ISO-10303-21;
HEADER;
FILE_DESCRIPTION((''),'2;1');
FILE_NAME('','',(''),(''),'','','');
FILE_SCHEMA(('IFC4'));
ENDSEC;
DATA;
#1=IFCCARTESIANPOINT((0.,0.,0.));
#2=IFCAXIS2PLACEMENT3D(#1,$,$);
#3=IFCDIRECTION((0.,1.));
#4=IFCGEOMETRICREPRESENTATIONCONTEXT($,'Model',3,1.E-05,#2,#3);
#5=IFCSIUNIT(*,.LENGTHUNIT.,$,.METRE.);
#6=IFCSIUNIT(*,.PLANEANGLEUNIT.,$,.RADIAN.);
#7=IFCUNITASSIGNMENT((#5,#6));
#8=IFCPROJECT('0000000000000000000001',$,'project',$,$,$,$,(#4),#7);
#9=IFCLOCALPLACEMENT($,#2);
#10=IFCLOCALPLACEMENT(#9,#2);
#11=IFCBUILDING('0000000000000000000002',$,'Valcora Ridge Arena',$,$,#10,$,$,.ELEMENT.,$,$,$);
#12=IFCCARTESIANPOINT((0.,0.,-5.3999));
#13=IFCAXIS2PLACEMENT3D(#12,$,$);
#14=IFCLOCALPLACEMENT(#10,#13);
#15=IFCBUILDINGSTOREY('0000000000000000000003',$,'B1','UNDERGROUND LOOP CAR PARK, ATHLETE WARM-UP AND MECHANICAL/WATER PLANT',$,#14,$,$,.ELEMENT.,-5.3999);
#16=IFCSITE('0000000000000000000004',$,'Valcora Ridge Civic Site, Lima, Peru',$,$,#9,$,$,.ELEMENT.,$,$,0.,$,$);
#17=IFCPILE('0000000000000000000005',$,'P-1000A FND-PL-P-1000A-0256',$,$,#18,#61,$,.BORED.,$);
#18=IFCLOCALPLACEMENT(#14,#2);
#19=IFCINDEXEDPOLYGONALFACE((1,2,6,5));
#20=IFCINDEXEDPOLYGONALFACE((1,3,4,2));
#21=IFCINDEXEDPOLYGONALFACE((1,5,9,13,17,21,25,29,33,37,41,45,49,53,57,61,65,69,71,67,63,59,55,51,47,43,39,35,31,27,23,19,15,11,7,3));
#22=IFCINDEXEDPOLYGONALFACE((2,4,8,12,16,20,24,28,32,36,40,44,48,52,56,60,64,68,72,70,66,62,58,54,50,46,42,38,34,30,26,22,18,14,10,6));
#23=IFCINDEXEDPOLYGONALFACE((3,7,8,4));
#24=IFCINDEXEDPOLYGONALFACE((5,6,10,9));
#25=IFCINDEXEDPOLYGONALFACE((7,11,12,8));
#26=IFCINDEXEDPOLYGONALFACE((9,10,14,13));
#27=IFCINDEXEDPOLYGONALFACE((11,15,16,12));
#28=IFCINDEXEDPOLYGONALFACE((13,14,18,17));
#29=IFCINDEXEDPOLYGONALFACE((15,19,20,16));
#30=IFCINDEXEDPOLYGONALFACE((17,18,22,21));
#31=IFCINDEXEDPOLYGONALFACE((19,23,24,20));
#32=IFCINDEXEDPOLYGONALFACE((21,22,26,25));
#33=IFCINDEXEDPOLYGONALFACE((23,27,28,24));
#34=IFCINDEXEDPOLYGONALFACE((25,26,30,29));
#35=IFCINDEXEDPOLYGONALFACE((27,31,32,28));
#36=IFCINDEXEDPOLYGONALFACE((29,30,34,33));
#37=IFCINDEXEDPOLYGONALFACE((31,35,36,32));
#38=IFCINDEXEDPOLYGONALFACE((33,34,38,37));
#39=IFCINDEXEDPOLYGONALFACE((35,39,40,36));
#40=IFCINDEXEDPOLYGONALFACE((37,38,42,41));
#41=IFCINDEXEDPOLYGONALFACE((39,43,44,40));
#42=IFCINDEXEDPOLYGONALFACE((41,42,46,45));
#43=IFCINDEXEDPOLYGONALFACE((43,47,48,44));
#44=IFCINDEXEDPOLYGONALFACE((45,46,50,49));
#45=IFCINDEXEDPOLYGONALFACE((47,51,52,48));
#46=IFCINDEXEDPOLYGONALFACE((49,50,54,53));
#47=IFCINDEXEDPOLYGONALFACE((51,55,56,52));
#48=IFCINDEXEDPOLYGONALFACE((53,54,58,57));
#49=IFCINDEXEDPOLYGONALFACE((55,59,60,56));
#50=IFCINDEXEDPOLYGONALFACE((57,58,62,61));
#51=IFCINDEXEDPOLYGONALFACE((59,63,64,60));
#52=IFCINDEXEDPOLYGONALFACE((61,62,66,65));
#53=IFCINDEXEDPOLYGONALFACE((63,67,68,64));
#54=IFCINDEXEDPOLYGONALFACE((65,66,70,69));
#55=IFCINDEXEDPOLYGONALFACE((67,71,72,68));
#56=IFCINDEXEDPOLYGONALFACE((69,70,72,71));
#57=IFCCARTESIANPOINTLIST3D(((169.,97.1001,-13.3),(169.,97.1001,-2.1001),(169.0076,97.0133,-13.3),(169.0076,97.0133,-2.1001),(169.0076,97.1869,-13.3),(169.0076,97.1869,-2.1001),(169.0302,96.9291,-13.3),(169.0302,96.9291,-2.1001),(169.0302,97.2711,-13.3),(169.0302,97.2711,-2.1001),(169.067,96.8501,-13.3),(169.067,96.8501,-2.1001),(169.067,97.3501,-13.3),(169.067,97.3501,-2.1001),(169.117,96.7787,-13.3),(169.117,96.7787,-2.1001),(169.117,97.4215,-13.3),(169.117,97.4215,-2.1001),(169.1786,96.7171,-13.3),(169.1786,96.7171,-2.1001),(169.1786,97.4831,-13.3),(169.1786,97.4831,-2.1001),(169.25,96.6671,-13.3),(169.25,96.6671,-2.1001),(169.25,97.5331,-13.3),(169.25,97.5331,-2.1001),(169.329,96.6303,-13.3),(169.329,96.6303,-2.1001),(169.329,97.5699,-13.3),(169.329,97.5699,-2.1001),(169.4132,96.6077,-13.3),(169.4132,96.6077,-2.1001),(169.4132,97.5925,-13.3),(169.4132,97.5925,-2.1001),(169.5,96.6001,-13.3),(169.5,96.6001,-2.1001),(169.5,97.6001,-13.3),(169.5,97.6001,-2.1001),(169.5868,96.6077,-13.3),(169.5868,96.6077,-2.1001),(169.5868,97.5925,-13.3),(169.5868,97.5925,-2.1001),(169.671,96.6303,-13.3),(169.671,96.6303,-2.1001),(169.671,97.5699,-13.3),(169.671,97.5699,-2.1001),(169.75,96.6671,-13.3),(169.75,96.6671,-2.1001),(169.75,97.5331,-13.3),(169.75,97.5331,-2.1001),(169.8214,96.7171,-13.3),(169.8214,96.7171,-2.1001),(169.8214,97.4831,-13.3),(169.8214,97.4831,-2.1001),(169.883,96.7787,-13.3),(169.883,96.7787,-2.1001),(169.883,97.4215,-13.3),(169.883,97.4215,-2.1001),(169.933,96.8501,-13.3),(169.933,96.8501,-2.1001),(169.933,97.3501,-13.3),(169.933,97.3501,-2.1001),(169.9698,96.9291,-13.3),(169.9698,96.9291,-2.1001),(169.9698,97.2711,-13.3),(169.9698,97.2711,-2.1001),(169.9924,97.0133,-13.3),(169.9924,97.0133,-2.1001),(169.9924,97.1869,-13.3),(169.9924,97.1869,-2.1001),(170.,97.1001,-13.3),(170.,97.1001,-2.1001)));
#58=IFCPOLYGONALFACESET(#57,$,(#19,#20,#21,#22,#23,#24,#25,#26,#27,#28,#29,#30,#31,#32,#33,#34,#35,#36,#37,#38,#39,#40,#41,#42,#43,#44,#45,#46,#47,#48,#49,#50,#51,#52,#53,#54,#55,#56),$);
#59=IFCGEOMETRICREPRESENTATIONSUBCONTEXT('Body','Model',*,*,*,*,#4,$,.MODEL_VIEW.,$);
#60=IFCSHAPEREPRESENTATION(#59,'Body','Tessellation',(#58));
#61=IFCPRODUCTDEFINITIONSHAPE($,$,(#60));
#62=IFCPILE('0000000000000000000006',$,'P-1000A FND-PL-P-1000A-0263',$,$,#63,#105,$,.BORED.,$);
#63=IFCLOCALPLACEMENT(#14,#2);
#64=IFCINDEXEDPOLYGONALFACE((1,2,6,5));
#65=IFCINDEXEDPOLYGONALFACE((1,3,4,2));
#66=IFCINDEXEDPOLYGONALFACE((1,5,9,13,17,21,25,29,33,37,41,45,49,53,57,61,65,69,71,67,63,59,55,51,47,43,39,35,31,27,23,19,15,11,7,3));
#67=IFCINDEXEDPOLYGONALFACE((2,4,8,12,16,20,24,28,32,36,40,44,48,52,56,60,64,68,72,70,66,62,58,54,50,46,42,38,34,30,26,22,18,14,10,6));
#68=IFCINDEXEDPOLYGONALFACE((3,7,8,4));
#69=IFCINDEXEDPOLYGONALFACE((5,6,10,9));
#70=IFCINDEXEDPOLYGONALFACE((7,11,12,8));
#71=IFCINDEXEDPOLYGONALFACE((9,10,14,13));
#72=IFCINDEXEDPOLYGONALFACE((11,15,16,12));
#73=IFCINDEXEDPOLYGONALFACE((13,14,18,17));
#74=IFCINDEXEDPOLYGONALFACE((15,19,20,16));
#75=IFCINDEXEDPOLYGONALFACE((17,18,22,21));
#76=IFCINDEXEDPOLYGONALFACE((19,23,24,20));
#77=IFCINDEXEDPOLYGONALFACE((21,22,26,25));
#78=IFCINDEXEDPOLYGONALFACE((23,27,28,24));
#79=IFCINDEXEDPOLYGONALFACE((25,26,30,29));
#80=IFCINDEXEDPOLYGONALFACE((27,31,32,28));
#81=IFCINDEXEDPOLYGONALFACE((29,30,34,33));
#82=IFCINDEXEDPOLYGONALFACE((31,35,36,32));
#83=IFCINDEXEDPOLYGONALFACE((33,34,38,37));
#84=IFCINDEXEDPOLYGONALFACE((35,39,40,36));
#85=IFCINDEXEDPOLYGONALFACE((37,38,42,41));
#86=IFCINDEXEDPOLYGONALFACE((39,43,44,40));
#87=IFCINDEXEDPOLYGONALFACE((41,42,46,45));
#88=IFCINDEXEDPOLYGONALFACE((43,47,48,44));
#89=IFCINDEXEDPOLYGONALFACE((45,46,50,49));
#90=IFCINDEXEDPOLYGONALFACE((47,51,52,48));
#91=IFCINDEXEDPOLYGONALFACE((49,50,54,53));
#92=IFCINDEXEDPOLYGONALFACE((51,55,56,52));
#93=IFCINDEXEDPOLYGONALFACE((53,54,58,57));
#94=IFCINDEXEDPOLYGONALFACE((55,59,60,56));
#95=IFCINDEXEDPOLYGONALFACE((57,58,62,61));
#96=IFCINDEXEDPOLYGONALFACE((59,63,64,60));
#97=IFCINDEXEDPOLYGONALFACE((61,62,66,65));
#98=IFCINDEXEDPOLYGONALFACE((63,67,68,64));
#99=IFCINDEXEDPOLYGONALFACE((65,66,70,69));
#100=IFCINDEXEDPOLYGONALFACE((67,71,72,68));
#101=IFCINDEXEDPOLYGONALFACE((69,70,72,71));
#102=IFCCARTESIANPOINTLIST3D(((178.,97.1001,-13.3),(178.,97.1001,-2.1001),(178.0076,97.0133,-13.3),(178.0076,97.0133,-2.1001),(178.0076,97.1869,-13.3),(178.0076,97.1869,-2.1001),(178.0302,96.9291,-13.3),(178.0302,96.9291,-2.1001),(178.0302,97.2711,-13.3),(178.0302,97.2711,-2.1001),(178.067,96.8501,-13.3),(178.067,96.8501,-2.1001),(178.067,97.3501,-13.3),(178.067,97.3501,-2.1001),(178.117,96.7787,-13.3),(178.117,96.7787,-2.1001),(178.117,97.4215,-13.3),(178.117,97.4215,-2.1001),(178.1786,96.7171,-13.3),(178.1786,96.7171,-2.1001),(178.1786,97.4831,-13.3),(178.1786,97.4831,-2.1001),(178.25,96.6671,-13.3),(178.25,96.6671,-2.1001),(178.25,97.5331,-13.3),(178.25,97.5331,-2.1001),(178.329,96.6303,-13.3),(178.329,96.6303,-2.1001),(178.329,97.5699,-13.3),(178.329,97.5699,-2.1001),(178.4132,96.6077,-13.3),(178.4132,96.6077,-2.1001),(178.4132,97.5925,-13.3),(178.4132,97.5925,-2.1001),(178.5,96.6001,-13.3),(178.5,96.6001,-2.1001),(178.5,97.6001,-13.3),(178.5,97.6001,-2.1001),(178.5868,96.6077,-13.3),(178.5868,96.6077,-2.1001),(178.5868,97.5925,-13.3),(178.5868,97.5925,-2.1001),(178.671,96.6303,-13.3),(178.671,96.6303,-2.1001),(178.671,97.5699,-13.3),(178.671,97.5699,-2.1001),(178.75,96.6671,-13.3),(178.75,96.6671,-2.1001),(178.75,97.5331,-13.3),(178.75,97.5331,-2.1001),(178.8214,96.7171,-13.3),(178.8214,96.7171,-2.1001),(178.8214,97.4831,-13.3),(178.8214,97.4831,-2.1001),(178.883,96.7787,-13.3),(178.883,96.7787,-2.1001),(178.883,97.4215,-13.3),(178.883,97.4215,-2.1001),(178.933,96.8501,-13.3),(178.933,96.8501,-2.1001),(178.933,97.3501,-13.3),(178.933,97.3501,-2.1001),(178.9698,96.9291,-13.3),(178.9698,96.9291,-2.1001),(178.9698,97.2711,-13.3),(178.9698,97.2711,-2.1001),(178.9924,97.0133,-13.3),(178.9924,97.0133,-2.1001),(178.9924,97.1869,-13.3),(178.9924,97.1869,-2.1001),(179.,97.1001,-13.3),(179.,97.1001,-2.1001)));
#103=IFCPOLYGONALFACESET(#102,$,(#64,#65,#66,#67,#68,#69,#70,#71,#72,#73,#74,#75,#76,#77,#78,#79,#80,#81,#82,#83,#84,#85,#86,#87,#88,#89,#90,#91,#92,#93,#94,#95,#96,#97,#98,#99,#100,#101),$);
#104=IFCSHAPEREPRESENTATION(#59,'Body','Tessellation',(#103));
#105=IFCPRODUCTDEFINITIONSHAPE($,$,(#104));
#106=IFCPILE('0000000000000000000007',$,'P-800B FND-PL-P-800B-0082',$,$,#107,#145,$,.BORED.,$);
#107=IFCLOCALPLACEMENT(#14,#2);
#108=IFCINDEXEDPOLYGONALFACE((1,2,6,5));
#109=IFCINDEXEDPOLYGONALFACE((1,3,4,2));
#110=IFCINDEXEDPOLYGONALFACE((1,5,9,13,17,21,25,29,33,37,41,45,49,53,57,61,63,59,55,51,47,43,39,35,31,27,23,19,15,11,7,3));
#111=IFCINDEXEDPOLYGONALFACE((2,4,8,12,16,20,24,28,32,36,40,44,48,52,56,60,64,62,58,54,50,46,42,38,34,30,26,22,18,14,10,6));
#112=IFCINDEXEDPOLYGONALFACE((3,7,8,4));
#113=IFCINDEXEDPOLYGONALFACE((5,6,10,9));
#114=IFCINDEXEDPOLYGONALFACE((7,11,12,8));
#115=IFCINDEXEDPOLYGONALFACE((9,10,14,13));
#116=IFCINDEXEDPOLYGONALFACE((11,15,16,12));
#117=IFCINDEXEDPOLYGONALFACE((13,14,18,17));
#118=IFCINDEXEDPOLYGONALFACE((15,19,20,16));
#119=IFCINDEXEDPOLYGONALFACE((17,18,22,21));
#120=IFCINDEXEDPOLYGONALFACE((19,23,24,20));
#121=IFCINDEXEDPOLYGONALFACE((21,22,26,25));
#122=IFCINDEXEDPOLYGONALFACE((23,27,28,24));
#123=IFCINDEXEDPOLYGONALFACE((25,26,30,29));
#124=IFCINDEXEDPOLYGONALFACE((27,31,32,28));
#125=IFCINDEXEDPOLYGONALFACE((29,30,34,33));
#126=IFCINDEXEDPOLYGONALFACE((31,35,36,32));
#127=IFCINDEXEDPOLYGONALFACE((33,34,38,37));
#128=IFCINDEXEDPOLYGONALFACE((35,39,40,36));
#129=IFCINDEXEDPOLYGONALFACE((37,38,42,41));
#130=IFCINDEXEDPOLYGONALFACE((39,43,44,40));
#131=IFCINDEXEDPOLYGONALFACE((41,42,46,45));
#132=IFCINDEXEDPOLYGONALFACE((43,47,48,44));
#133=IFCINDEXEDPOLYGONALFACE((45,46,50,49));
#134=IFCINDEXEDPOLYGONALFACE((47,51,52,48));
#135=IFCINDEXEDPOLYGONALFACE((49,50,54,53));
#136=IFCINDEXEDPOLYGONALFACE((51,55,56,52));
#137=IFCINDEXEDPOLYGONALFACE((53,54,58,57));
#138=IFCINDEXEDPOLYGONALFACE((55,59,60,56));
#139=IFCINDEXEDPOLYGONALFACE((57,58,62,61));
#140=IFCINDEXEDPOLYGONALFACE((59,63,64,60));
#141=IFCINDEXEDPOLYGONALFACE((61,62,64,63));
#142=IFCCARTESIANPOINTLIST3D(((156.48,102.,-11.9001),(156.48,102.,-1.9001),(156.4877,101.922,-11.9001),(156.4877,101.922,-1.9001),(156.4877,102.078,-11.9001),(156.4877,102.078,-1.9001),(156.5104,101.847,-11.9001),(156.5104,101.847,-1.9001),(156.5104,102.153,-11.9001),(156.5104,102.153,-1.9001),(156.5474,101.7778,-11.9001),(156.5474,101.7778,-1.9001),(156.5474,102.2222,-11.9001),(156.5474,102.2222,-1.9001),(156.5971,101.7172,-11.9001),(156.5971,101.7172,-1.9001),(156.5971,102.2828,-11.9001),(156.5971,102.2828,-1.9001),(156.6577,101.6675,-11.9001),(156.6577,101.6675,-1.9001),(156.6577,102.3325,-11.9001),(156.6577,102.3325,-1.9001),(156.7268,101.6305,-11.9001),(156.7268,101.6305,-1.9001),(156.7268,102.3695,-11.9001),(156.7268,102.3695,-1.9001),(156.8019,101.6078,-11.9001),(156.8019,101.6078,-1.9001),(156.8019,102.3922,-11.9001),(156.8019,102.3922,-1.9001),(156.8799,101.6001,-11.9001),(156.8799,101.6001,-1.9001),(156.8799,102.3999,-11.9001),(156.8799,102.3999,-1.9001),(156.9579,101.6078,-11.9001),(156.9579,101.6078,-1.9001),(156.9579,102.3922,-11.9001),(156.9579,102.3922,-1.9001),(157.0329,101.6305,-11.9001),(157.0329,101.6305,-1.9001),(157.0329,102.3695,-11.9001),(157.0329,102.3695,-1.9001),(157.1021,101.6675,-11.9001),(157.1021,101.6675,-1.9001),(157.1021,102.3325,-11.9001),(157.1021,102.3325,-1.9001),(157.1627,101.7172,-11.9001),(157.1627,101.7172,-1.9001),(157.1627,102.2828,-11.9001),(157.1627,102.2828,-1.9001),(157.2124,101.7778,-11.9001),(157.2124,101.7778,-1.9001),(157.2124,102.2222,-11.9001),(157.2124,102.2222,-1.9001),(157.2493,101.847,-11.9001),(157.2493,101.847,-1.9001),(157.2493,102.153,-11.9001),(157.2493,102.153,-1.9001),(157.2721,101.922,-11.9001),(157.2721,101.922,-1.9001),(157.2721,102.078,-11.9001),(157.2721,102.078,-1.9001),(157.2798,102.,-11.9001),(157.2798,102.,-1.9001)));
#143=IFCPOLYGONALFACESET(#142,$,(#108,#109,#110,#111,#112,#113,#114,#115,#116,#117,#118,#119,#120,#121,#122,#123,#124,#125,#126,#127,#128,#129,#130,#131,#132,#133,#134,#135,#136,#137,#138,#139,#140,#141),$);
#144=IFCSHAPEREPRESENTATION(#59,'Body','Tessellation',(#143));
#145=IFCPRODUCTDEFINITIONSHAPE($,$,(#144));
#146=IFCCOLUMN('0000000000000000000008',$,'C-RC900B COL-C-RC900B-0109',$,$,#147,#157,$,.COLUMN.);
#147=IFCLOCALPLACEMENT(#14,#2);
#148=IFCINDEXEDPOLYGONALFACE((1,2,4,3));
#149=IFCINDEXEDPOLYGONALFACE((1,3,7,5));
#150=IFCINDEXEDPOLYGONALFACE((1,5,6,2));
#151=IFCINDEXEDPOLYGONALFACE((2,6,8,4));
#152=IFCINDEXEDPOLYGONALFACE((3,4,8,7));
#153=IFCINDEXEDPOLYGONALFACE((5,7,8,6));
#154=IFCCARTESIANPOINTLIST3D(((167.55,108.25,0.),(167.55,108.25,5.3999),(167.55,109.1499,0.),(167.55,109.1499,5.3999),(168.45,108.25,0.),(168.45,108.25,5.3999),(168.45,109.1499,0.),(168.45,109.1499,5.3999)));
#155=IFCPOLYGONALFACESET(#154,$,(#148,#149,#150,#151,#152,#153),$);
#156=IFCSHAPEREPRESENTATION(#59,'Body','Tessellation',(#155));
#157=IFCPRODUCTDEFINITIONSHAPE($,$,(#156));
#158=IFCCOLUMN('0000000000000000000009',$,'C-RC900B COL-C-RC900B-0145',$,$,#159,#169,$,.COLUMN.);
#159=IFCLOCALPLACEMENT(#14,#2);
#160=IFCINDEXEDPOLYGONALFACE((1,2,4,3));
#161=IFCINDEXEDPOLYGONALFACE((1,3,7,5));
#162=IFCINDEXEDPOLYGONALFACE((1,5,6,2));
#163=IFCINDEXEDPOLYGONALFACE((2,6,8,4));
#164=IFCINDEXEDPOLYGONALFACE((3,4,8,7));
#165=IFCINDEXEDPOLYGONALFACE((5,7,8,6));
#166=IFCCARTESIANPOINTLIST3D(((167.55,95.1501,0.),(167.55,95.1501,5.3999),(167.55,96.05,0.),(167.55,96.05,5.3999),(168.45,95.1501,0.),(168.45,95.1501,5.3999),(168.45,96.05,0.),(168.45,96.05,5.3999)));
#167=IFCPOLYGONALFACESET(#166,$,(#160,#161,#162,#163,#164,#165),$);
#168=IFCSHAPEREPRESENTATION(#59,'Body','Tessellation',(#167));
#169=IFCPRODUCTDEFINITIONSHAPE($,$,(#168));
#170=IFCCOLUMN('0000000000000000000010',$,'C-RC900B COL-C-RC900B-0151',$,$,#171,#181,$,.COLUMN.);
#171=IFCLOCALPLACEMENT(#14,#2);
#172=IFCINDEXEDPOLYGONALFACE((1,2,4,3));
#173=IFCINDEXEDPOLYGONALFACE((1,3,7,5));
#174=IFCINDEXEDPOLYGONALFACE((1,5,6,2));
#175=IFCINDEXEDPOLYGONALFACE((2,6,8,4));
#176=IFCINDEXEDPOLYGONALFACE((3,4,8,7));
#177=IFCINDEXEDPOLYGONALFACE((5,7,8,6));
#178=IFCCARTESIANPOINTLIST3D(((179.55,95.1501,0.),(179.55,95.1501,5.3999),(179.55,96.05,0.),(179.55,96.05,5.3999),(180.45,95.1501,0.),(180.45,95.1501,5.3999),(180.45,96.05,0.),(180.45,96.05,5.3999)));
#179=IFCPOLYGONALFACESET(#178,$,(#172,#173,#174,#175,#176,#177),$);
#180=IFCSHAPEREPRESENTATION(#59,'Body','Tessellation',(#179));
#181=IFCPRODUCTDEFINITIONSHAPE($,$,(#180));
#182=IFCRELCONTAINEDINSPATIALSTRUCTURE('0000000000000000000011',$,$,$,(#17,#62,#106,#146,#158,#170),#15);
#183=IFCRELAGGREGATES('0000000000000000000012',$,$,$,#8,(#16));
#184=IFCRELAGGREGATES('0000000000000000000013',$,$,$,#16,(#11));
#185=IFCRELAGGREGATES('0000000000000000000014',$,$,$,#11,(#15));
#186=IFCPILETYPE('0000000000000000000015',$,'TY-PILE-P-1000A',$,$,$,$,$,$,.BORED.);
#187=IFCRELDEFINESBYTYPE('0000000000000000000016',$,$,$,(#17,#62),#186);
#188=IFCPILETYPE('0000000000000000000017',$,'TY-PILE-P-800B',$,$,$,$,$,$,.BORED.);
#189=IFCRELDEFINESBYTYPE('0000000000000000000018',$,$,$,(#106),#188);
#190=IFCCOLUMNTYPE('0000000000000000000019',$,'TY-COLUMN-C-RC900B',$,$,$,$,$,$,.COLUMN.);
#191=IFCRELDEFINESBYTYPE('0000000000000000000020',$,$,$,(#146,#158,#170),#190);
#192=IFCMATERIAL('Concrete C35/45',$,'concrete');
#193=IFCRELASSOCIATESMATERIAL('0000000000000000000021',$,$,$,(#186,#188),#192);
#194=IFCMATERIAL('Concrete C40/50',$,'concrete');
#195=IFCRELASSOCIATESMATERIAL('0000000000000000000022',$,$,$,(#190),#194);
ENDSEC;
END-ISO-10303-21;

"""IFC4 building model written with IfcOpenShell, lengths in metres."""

from ifc_helpers import new_model, si_unit, direction, frame, origin, origin_2d, place, context, subcontext, project, spatial, rectangle, circle, extrude, material, material_profile, profile_set, type_object, element, save


model = new_model("IFC4")

# Units and contexts
model_context = context("Model", 3, precision=1e-05, world=origin(), true_north=direction((0.0, 1.0)))
body_context = subcontext(model_context, "Body", "Model", "MODEL_VIEW")
ifc_project = project(units=[si_unit("LENGTHUNIT", "METRE"), si_unit("PLANEANGLEUNIT", "RADIAN")], contexts=[model_context])

# Site, building, storey
site_placement = place(None, origin())
site = spatial("IfcSite", under=ifc_project, at=site_placement, Name="Valcora Ridge Civic Site, Lima, Peru", CompositionType="ELEMENT", RefElevation=0.0)
building_placement = place(site_placement, origin())
building = spatial("IfcBuilding", under=site, at=building_placement, Name="Valcora Ridge Arena", CompositionType="ELEMENT")
storey_placement = place(building_placement, frame((0.0, 0.0, -5.3999)))
storey = spatial("IfcBuildingStorey", under=building, at=storey_placement, Name="B1", Description="UNDERGROUND LOOP CAR PARK, ATHLETE WARM-UP AND MECHANICAL/WATER PLANT", CompositionType="ELEMENT", Elevation=-5.3999)

# Shared definitions
ifc_material_1 = material(Name="Concrete C40/50", Category="concrete")

# Piles
ifc_material_2 = material(Name="Concrete C35/45", Category="concrete")
ifc_material_profile_1 = material_profile(ifc_material_2, circle(Radius=0.5, at=origin_2d()), Name="BORED PILE D1000")
ifc_profile_set_1 = profile_set([ifc_material_profile_1], Name="Concrete C35/45")
pile_type_1 = type_object("IfcPileType", Name="TY-PILE-P-1000A", PredefinedType="BORED", material=ifc_profile_set_1)
for number, where, z_axis, x_axis, name in (
    (1, (169.5, 97.1001, -2.1001), (0.0, 0.0, -1.0), (1.0, 0.0, 0.0), "P-1000A FND-PL-P-1000A-0256"),
    (2, (178.5, 97.1001, -2.1001), (0.0, 0.0, -1.0), (1.0, 0.0, 0.0), "P-1000A FND-PL-P-1000A-0263"),
):
    element("IfcPile", number, at=place(storey_placement, frame(where, z_axis=z_axis, x_axis=x_axis)), inside=storey, type_object=pile_type_1, Name=name, PredefinedType="BORED", context=body_context, shape_type="SweptSolid", body=[
        extrude(circle(Radius=0.5, at=origin_2d()), origin(), (0.0, 0.0, 1.0), 11.2),
    ])
ifc_material_profile_2 = material_profile(ifc_material_2, circle(Radius=0.3999, at=origin_2d()), Name="BORED PILE D800")
ifc_profile_set_2 = profile_set([ifc_material_profile_2], Name="Concrete C35/45")
pile_type_2 = type_object("IfcPileType", Name="TY-PILE-P-800B", PredefinedType="BORED", material=ifc_profile_set_2)
pile_placement = place(storey_placement, frame((156.8799, 102.0, -1.9001), z_axis=(0.0, 0.0, -1.0), x_axis=(1.0, 0.0, 0.0)))
element("IfcPile", 3, at=pile_placement, inside=storey, type_object=pile_type_2, Name="P-800B FND-PL-P-800B-0082", PredefinedType="BORED", context=body_context, shape_type="SweptSolid", body=[
    extrude(circle(Radius=0.3999, at=origin_2d()), origin(), (0.0, 0.0, 1.0), 10.0),
])

# Columns
ifc_material_profile_3 = material_profile(ifc_material_1, rectangle(XDim=0.8999, YDim=0.8999, at=origin_2d()), Name="RC 900x900")
ifc_profile_set_3 = profile_set([ifc_material_profile_3], Name="Concrete C40/50")
column_type = type_object("IfcColumnType", Name="TY-COLUMN-C-RC900B", PredefinedType="COLUMN", material=ifc_profile_set_3)
for number, where, z_axis, x_axis, name in (
    (4, (168.0, 108.7, 0.0), (0.0, 0.0, 1.0), (1.0, 0.0, 0.0), "C-RC900B COL-C-RC900B-0109"),
    (5, (168.0, 95.6001, 0.0), (0.0, 0.0, 1.0), (1.0, 0.0, 0.0), "C-RC900B COL-C-RC900B-0145"),
    (6, (180.0, 95.6001, 0.0), (0.0, 0.0, 1.0), (1.0, 0.0, 0.0), "C-RC900B COL-C-RC900B-0151"),
):
    element("IfcColumn", number, at=place(storey_placement, frame(where, z_axis=z_axis, x_axis=x_axis)), inside=storey, type_object=column_type, Name=name, PredefinedType="COLUMN", context=body_context, shape_type="SweptSolid", body=[
        extrude(rectangle(XDim=0.8999, YDim=0.8999, at=origin_2d()), origin(), (0.0, 0.0, 1.0), 5.3999),
    ])

save(model, "model.ifc")
